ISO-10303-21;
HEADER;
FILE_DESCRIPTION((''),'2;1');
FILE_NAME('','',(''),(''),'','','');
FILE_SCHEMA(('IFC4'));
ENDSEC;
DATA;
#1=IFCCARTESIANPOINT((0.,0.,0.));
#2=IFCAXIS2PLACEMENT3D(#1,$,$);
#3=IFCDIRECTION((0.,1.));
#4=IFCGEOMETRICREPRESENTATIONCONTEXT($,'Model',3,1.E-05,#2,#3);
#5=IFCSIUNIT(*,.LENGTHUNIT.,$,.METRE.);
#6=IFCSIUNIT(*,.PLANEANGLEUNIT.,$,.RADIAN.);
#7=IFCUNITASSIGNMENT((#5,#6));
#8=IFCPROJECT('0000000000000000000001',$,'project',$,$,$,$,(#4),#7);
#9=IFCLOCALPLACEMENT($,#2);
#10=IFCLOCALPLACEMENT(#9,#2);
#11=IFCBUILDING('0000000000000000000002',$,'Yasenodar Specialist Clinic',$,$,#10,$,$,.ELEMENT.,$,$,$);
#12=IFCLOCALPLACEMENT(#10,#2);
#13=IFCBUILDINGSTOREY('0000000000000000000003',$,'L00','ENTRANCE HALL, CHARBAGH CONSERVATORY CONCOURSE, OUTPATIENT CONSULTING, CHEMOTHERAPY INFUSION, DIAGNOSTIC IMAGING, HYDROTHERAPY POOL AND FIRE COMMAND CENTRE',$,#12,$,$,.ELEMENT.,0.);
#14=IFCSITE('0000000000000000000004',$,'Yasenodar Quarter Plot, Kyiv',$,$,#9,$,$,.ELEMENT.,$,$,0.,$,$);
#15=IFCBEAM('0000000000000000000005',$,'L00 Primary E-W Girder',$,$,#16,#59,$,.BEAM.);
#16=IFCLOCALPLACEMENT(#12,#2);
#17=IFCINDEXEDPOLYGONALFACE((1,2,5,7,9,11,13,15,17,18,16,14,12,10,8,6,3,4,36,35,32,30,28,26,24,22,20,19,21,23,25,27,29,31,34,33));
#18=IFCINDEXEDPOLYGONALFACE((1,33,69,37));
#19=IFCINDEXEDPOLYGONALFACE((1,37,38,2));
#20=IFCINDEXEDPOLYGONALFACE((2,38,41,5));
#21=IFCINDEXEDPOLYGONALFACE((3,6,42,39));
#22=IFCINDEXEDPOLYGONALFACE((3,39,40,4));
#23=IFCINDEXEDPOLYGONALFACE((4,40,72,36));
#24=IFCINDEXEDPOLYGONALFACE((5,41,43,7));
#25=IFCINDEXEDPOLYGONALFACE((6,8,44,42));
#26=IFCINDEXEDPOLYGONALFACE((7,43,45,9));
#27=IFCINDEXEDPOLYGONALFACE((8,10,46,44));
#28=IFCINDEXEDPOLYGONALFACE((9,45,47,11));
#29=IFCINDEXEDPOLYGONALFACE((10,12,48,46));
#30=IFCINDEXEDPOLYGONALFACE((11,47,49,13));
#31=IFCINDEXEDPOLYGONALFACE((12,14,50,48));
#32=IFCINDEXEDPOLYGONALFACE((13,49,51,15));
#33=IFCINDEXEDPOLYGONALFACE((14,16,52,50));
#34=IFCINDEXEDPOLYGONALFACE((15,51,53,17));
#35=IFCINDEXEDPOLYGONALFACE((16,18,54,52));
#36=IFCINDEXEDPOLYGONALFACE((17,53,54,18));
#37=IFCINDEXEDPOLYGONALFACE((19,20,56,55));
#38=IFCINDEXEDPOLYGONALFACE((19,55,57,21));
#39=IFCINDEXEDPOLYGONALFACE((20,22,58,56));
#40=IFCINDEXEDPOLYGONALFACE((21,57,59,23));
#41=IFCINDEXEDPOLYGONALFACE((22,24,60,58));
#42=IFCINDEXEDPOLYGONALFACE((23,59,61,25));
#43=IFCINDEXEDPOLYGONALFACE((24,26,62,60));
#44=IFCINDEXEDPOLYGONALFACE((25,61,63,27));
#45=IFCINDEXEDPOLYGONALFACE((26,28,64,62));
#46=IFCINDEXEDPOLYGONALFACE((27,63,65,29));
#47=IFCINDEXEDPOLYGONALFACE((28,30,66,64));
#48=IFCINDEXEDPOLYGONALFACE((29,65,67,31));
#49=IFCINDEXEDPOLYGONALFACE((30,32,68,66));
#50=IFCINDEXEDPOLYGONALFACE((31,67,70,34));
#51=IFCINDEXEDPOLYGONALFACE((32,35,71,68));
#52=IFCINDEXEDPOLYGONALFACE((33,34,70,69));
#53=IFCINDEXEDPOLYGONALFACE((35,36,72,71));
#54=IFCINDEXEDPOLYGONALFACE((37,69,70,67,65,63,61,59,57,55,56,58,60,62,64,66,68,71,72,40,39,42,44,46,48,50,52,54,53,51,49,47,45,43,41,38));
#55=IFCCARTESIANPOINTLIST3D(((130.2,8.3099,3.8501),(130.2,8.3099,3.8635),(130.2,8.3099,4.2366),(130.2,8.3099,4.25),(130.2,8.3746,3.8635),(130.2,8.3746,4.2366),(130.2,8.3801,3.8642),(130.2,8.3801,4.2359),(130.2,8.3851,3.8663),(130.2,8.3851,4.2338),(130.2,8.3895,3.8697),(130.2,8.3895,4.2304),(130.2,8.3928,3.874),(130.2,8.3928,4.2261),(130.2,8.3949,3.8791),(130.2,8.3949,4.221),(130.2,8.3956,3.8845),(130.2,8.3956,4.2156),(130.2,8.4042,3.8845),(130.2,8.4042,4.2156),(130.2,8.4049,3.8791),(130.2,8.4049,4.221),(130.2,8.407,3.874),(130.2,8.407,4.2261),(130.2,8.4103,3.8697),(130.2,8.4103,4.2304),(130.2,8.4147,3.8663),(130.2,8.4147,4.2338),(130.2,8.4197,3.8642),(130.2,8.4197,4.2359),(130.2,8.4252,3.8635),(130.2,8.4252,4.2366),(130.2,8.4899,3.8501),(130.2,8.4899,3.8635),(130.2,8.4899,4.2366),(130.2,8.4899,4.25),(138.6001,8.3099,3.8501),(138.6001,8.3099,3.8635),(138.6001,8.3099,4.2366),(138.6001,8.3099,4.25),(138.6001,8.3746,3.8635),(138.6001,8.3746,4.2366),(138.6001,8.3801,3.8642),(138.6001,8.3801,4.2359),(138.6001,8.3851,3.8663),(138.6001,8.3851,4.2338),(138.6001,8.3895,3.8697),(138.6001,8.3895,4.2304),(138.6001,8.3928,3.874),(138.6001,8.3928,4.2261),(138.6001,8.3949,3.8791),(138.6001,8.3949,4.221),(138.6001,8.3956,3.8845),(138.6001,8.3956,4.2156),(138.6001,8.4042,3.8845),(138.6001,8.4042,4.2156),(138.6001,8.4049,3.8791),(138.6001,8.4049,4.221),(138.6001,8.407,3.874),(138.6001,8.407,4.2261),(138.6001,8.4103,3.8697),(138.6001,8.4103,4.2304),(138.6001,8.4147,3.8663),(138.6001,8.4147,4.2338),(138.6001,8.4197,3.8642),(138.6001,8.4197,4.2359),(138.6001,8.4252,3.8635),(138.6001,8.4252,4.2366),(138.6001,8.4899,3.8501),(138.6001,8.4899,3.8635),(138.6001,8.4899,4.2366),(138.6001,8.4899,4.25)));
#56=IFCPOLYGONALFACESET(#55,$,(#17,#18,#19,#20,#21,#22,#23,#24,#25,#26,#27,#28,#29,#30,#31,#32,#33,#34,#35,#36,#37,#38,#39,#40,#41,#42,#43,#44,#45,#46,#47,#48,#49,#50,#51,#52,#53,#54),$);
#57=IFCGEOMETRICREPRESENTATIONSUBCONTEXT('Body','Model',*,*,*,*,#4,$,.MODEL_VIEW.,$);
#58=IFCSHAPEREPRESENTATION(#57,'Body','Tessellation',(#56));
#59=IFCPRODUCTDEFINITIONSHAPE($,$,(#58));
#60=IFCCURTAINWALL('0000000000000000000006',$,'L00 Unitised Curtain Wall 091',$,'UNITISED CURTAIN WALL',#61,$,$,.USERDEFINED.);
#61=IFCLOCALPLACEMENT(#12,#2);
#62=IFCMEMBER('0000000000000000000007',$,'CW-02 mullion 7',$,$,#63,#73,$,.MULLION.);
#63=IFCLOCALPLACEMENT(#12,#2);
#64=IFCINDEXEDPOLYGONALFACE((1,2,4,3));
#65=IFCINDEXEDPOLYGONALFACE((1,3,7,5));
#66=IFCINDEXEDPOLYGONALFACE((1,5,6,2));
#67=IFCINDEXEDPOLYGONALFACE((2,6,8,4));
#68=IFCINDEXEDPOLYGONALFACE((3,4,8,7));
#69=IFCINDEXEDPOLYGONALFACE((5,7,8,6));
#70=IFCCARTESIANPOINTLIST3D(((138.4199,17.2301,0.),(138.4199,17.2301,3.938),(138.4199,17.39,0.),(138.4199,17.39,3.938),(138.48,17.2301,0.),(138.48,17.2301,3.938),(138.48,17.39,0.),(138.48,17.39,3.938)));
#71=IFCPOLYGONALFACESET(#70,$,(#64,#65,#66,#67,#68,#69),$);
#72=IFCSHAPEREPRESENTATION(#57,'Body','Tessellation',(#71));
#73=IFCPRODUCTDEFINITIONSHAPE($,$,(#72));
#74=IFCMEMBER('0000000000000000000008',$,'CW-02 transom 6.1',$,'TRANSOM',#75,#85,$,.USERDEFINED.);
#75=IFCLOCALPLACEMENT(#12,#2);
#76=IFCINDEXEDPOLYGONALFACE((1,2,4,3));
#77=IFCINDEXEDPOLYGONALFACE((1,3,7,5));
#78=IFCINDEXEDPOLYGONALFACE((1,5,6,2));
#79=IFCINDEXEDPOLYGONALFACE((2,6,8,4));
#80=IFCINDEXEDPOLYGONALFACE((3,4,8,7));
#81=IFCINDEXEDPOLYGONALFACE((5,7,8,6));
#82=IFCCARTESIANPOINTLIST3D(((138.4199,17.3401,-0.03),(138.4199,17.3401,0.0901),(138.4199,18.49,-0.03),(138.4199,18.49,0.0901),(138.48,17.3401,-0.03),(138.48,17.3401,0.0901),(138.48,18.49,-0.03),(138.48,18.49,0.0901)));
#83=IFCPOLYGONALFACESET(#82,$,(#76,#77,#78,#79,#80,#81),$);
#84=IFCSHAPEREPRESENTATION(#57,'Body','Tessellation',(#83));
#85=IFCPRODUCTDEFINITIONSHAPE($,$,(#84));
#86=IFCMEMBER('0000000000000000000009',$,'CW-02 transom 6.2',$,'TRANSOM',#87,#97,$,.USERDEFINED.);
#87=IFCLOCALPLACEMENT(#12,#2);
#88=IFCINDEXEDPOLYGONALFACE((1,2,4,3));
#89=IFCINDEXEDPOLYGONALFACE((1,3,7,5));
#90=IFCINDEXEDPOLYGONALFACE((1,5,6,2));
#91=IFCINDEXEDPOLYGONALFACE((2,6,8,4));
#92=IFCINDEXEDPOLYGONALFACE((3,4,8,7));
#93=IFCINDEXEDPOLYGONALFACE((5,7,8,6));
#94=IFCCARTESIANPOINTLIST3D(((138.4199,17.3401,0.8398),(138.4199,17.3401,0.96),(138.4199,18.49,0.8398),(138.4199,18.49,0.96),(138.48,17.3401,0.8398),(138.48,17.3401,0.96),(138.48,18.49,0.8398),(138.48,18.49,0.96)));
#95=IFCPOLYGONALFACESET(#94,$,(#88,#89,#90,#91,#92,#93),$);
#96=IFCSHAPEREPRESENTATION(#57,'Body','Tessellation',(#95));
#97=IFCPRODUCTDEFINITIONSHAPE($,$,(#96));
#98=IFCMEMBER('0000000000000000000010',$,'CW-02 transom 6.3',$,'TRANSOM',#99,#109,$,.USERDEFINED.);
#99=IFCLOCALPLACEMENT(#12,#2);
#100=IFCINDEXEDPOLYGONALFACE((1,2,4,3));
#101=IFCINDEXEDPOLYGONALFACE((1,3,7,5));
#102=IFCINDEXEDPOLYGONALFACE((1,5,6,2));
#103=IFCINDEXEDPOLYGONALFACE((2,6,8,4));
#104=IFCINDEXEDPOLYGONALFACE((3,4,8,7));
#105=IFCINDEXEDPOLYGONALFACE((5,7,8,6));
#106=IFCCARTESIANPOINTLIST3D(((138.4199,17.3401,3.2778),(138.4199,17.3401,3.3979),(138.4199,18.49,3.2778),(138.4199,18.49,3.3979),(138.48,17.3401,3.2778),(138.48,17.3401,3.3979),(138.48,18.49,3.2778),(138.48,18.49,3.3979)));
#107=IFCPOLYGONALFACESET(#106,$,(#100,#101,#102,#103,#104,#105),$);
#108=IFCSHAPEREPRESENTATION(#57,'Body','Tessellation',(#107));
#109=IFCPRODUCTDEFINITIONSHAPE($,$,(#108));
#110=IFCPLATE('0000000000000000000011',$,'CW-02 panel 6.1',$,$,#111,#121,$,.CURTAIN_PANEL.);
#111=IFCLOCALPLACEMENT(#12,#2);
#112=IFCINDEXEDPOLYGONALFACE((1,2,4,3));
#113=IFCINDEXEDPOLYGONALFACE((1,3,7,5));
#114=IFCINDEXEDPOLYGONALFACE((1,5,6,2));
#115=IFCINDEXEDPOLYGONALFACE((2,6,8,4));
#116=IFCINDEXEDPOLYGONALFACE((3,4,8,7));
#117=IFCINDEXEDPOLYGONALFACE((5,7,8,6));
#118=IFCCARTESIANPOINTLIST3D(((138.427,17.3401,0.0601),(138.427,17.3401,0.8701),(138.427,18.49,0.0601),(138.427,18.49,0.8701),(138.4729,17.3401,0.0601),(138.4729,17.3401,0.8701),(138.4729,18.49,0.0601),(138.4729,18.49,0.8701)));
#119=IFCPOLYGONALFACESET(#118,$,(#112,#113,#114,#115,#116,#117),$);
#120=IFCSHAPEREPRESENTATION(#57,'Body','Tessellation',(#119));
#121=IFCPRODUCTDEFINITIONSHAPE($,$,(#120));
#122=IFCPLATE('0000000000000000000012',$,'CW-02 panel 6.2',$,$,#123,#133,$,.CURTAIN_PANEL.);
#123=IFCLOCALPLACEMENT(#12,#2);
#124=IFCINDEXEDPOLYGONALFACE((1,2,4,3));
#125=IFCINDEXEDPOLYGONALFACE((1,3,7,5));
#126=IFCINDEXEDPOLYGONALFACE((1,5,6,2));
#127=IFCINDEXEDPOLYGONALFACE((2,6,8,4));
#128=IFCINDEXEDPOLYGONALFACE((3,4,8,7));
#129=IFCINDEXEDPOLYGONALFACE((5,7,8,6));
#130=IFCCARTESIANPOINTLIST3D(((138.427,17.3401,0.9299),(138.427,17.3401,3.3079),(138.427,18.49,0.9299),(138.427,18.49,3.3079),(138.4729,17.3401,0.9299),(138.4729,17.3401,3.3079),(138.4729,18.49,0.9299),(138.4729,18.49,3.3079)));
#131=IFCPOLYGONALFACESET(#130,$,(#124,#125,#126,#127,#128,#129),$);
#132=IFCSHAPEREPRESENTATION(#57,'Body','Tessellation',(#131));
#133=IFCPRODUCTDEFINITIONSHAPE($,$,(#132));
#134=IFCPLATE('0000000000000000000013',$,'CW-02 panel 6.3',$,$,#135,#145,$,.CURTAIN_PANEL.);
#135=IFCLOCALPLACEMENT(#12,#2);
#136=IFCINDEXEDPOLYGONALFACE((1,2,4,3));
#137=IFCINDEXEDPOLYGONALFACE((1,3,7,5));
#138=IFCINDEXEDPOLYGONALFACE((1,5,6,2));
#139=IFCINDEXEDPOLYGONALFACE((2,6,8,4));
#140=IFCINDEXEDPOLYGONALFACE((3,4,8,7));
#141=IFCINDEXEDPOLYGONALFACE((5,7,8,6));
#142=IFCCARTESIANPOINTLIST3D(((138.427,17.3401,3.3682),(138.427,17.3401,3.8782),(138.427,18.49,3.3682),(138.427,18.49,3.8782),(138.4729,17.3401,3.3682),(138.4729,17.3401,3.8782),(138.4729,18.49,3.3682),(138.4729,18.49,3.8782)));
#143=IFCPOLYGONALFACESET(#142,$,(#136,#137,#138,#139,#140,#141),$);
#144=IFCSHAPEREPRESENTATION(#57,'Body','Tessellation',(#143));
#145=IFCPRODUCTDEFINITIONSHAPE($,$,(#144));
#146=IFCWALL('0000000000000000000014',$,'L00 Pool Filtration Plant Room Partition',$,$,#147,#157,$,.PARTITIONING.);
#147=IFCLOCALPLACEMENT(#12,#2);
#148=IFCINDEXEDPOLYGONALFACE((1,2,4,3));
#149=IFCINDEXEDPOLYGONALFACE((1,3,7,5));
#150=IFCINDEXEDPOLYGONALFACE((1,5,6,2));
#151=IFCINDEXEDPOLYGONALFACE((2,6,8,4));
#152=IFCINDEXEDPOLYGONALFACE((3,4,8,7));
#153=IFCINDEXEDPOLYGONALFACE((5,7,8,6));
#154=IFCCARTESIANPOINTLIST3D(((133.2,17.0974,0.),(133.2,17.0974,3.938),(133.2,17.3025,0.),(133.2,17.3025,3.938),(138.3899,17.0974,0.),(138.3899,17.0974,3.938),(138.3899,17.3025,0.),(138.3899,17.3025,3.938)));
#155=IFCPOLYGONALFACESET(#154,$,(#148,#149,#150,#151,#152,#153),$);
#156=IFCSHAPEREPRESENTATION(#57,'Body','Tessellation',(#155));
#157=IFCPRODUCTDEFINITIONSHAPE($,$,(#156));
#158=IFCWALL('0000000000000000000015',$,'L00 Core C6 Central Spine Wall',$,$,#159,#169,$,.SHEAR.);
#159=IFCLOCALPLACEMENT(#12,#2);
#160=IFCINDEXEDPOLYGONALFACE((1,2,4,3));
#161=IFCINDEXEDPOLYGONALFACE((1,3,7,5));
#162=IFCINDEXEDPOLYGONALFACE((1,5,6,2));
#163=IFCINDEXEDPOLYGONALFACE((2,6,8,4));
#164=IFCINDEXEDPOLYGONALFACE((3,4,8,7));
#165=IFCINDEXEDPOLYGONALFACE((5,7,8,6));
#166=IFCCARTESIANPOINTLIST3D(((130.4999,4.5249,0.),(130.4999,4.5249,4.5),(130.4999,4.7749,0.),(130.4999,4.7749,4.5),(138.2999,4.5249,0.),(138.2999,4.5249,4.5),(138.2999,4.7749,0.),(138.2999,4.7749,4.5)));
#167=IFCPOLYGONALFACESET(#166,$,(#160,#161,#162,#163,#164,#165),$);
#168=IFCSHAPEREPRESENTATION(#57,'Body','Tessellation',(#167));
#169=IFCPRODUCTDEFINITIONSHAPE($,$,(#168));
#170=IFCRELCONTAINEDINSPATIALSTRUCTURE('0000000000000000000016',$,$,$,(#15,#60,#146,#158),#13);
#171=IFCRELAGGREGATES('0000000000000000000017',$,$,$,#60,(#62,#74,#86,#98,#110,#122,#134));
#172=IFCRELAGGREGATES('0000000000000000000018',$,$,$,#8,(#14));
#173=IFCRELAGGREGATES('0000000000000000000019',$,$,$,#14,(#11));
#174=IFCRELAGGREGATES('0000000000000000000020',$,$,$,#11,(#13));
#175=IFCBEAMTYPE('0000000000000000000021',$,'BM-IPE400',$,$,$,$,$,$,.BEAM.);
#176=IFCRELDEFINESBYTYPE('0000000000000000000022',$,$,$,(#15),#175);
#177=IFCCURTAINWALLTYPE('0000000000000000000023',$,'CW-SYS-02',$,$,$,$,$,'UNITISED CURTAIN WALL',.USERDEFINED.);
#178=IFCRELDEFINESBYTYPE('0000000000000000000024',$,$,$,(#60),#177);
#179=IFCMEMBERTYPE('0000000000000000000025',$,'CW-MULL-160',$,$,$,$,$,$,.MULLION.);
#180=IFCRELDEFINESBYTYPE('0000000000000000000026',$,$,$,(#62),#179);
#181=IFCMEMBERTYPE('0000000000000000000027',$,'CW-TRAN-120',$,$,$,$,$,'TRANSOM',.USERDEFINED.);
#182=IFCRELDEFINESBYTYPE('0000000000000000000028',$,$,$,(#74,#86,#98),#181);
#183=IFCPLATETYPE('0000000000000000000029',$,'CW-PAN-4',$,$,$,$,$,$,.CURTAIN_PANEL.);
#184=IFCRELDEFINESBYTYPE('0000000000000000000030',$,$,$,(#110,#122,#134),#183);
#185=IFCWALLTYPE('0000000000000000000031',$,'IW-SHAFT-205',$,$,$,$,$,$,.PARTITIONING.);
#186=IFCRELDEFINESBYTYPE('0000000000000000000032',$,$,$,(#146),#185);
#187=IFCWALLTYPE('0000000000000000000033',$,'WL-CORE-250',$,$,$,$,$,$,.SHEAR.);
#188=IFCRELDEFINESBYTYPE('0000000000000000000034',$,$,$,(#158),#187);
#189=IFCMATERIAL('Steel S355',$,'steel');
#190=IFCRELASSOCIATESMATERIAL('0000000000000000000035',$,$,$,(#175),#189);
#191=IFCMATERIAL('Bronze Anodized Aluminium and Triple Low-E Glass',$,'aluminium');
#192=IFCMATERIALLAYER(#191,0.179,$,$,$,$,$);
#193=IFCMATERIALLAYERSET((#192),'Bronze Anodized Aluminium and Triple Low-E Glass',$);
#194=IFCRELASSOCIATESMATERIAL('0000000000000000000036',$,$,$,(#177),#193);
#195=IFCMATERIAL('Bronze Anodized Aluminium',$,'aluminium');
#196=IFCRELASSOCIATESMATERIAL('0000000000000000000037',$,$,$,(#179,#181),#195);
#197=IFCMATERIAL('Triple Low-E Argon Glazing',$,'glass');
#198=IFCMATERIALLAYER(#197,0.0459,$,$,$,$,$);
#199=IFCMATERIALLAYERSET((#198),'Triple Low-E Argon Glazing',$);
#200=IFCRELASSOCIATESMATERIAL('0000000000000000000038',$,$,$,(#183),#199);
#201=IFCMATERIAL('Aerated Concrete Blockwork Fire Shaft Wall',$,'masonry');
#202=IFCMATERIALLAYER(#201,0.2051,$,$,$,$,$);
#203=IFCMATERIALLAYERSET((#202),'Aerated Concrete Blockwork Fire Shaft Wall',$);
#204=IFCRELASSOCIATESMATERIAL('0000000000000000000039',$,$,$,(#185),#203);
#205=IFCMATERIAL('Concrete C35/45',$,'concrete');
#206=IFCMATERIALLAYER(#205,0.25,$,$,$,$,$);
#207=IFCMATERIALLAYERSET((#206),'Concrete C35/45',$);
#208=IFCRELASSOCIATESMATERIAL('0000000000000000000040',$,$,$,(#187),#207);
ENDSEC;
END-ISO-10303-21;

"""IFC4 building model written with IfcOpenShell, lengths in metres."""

from ifc_helpers import new_model, si_unit, direction, frame, frame_2d, origin, origin_2d, place, context, subcontext, project, spatial, rectangle, i_section, extrude, material, layer, layer_set, material_profile, profile_set, type_object, element, aggregate, save


model = new_model("IFC4")

# Units and contexts
model_context = context("Model", 3, precision=1e-05, world=origin(), true_north=direction((0.0, 1.0)))
body_context = subcontext(model_context, "Body", "Model", "MODEL_VIEW")
ifc_project = project(units=[si_unit("LENGTHUNIT", "METRE"), si_unit("PLANEANGLEUNIT", "RADIAN")], contexts=[model_context])

# Site, building, storey
site_placement = place(None, origin())
site = spatial("IfcSite", under=ifc_project, at=site_placement, Name="Yasenodar Quarter Plot, Kyiv", CompositionType="ELEMENT", RefElevation=0.0)
building_placement = place(site_placement, origin())
building = spatial("IfcBuilding", under=site, at=building_placement, Name="Yasenodar Specialist Clinic", CompositionType="ELEMENT")
storey_placement = place(building_placement, origin())
storey = spatial("IfcBuildingStorey", under=building, at=storey_placement, Name="L00", Description="ENTRANCE HALL, CHARBAGH CONSERVATORY CONCOURSE, OUTPATIENT CONSULTING, CHEMOTHERAPY INFUSION, DIAGNOSTIC IMAGING, HYDROTHERAPY POOL AND FIRE COMMAND CENTRE", CompositionType="ELEMENT", Elevation=0.0)

# Shared definitions
ifc_material_1 = material(Name="Steel S355", Category="steel")

# Beam
ifc_material_profile_1 = material_profile(ifc_material_1, i_section(OverallWidth=0.1799, OverallDepth=0.3999, WebThickness=0.0085, FlangeThickness=0.0134, FilletRadius=0.021, at=origin_2d()), Name="IPE 400")
ifc_profile_set_1 = profile_set([ifc_material_profile_1], Name="Steel S355")
beam_type_1 = type_object("IfcBeamType", Name="BM-IPE400", PredefinedType="BEAM", material=ifc_profile_set_1)
beam_1_placement = place(storey_placement, frame((130.2, 8.3999, 4.05), z_axis=(1.0, 0.0, 0.0), x_axis=(0.0, 1.0, 0.0)))
element("IfcBeam", 1, at=beam_1_placement, inside=storey, type_object=beam_type_1, Name="L00 Primary E-W Girder", PredefinedType="BEAM", context=body_context, shape_type="SweptSolid", body=[
    extrude(i_section(OverallWidth=0.1799, OverallDepth=0.3999, WebThickness=0.0085, FlangeThickness=0.0134, FilletRadius=0.021, at=origin_2d()), origin(), (0.0, 0.0, 1.0), 8.4001),
])

# Curtain wall, members, plates
ifc_material_2 = material(Name="Bronze Anodized Aluminium and Triple Low-E Glass", Category="aluminium")
ifc_layer_1 = layer(ifc_material_2, 0.179)
ifc_layer_set_1 = layer_set([ifc_layer_1], Name="Bronze Anodized Aluminium and Triple Low-E Glass")
curtain_wall_type = type_object("IfcCurtainWallType", Name="CW-SYS-02", ElementType="UNITISED CURTAIN WALL", PredefinedType="USERDEFINED", material=ifc_layer_set_1)
curtain_wall_placement = place(storey_placement, origin())
curtain_wall = element("IfcCurtainWall", 2, at=curtain_wall_placement, inside=storey, type_object=curtain_wall_type, Name="L00 Unitised Curtain Wall 091", ObjectType="UNITISED CURTAIN WALL", PredefinedType="USERDEFINED")
ifc_material_3 = material(Name="Bronze Anodized Aluminium", Category="aluminium")
ifc_material_profile_2 = material_profile(ifc_material_3, rectangle(XDim=0.0601, YDim=0.1599, at=origin_2d()), Name="CW-MULL 60x160")
ifc_profile_set_2 = profile_set([ifc_material_profile_2], Name="Bronze Anodized Aluminium")
member_type_1 = type_object("IfcMemberType", Name="CW-MULL-160", PredefinedType="MULLION", material=ifc_profile_set_2)
member_1_placement = place(storey_placement, frame((138.45, 17.3101, 0.0), z_axis=(0.0, 0.0, 1.0), x_axis=(1.0, 0.0, 0.0)))
member_1 = element("IfcMember", 3, at=member_1_placement, type_object=member_type_1, Name="CW-02 mullion 7", PredefinedType="MULLION", context=body_context, shape_type="SweptSolid", body=[
    extrude(rectangle(XDim=0.0601, YDim=0.1599, at=origin_2d()), origin(), (0.0, 0.0, 1.0), 3.938),
])
ifc_material_profile_3 = material_profile(ifc_material_3, rectangle(XDim=0.0601, YDim=0.1201, at=origin_2d()), Name="CW-TRAN 60x120")
ifc_profile_set_3 = profile_set([ifc_material_profile_3], Name="Bronze Anodized Aluminium")
member_type_2 = type_object("IfcMemberType", Name="CW-TRAN-120", ElementType="TRANSOM", PredefinedType="USERDEFINED", material=ifc_profile_set_3)
member_2_placement = place(storey_placement, frame((138.45, 18.49, 0.03), z_axis=(0.0, -1.0, 0.0), x_axis=(1.0, 0.0, 0.0)))
member_2 = element("IfcMember", 4, at=member_2_placement, type_object=member_type_2, Name="CW-02 transom 6.1", ObjectType="TRANSOM", PredefinedType="USERDEFINED", context=body_context, shape_type="SweptSolid", body=[
    extrude(rectangle(XDim=0.0601, YDim=0.1201, at=origin_2d()), origin(), (0.0, 0.0, 1.0), 1.1499),
])
member_3_placement = place(storey_placement, frame((138.45, 18.49, 0.8999), z_axis=(0.0, -1.0, 0.0), x_axis=(1.0, 0.0, 0.0)))
member_3 = element("IfcMember", 5, at=member_3_placement, type_object=member_type_2, Name="CW-02 transom 6.2", ObjectType="TRANSOM", PredefinedType="USERDEFINED", context=body_context, shape_type="SweptSolid", body=[
    extrude(rectangle(XDim=0.0601, YDim=0.1201, at=origin_2d()), origin(), (0.0, 0.0, 1.0), 1.1499),
])
member_4_placement = place(storey_placement, frame((138.45, 18.49, 3.3379), z_axis=(0.0, -1.0, 0.0), x_axis=(1.0, 0.0, 0.0)))
member_4 = element("IfcMember", 6, at=member_4_placement, type_object=member_type_2, Name="CW-02 transom 6.3", ObjectType="TRANSOM", PredefinedType="USERDEFINED", context=body_context, shape_type="SweptSolid", body=[
    extrude(rectangle(XDim=0.0601, YDim=0.1201, at=origin_2d()), origin(), (0.0, 0.0, 1.0), 1.1499),
])
ifc_material_4 = material(Name="Triple Low-E Argon Glazing", Category="glass")
ifc_layer_2 = layer(ifc_material_4, 0.0459)
ifc_layer_set_2 = layer_set([ifc_layer_2], Name="Triple Low-E Argon Glazing")
plate_type = type_object("IfcPlateType", Name="CW-PAN-4", PredefinedType="CURTAIN_PANEL", material=ifc_layer_set_2)
plate_1_placement = place(storey_placement, frame((138.45, 17.915, 0.0601), z_axis=(0.0, 0.0, 1.0), x_axis=(0.0, -1.0, 0.0)))
plate_1 = element("IfcPlate", 7, at=plate_1_placement, type_object=plate_type, Name="CW-02 panel 6.1", PredefinedType="CURTAIN_PANEL", context=body_context, shape_type="SweptSolid", body=[
    extrude(rectangle(XDim=1.1499, YDim=0.0459, at=origin_2d()), origin(), (0.0, 0.0, 1.0), 0.8101),
])
plate_2_placement = place(storey_placement, frame((138.45, 17.915, 0.9299), z_axis=(0.0, 0.0, 1.0), x_axis=(0.0, -1.0, 0.0)))
plate_2 = element("IfcPlate", 8, at=plate_2_placement, type_object=plate_type, Name="CW-02 panel 6.2", PredefinedType="CURTAIN_PANEL", context=body_context, shape_type="SweptSolid", body=[
    extrude(rectangle(XDim=1.1499, YDim=0.0459, at=origin_2d()), origin(), (0.0, 0.0, 1.0), 2.3779),
])
plate_3_placement = place(storey_placement, frame((138.45, 17.915, 3.3682), z_axis=(0.0, 0.0, 1.0), x_axis=(0.0, -1.0, 0.0)))
plate_3 = element("IfcPlate", 9, at=plate_3_placement, type_object=plate_type, Name="CW-02 panel 6.3", PredefinedType="CURTAIN_PANEL", context=body_context, shape_type="SweptSolid", body=[
    extrude(rectangle(XDim=1.1499, YDim=0.0459, at=origin_2d()), origin(), (0.0, 0.0, 1.0), 0.51),
])
aggregate(curtain_wall, [member_1, member_2, member_3, member_4, plate_1, plate_2, plate_3])

# Walls
ifc_material_5 = material(Name="Aerated Concrete Blockwork Fire Shaft Wall", Category="masonry")
ifc_layer_3 = layer(ifc_material_5, 0.2051)
ifc_layer_set_3 = layer_set([ifc_layer_3], Name="Aerated Concrete Blockwork Fire Shaft Wall")
wall_type_1 = type_object("IfcWallType", Name="IW-SHAFT-205", PredefinedType="PARTITIONING", material=ifc_layer_set_3)
wall_1_placement = place(storey_placement, frame((133.2, 17.2, 0.0), z_axis=(0.0, 0.0, 1.0), x_axis=(1.0, 0.0, 0.0)))
element("IfcWall", 10, at=wall_1_placement, inside=storey, type_object=wall_type_1, Name="L00 Pool Filtration Plant Room Partition", PredefinedType="PARTITIONING", context=body_context, shape_type="SweptSolid", body=[
    extrude(rectangle(XDim=5.1899, YDim=0.2051, at=frame_2d((2.595, 0.0))), origin(), (0.0, 0.0, 1.0), 3.938),
])
ifc_material_6 = material(Name="Concrete C35/45", Category="concrete")
ifc_layer_4 = layer(ifc_material_6, 0.25)
ifc_layer_set_4 = layer_set([ifc_layer_4], Name="Concrete C35/45")
wall_type_2 = type_object("IfcWallType", Name="WL-CORE-250", PredefinedType="SHEAR", material=ifc_layer_set_4)
wall_2_placement = place(storey_placement, frame((130.5, 4.6499, 0.0), z_axis=(0.0, 0.0, 1.0), x_axis=(1.0, 0.0, 0.0)))
element("IfcWall", 11, at=wall_2_placement, inside=storey, type_object=wall_type_2, Name="L00 Core C6 Central Spine Wall", PredefinedType="SHEAR", context=body_context, shape_type="SweptSolid", body=[
    extrude(rectangle(XDim=7.8, YDim=0.25, at=frame_2d((3.8999, 0.0))), origin(), (0.0, 0.0, 1.0), 4.5),
])

save(model, "model.ifc")
